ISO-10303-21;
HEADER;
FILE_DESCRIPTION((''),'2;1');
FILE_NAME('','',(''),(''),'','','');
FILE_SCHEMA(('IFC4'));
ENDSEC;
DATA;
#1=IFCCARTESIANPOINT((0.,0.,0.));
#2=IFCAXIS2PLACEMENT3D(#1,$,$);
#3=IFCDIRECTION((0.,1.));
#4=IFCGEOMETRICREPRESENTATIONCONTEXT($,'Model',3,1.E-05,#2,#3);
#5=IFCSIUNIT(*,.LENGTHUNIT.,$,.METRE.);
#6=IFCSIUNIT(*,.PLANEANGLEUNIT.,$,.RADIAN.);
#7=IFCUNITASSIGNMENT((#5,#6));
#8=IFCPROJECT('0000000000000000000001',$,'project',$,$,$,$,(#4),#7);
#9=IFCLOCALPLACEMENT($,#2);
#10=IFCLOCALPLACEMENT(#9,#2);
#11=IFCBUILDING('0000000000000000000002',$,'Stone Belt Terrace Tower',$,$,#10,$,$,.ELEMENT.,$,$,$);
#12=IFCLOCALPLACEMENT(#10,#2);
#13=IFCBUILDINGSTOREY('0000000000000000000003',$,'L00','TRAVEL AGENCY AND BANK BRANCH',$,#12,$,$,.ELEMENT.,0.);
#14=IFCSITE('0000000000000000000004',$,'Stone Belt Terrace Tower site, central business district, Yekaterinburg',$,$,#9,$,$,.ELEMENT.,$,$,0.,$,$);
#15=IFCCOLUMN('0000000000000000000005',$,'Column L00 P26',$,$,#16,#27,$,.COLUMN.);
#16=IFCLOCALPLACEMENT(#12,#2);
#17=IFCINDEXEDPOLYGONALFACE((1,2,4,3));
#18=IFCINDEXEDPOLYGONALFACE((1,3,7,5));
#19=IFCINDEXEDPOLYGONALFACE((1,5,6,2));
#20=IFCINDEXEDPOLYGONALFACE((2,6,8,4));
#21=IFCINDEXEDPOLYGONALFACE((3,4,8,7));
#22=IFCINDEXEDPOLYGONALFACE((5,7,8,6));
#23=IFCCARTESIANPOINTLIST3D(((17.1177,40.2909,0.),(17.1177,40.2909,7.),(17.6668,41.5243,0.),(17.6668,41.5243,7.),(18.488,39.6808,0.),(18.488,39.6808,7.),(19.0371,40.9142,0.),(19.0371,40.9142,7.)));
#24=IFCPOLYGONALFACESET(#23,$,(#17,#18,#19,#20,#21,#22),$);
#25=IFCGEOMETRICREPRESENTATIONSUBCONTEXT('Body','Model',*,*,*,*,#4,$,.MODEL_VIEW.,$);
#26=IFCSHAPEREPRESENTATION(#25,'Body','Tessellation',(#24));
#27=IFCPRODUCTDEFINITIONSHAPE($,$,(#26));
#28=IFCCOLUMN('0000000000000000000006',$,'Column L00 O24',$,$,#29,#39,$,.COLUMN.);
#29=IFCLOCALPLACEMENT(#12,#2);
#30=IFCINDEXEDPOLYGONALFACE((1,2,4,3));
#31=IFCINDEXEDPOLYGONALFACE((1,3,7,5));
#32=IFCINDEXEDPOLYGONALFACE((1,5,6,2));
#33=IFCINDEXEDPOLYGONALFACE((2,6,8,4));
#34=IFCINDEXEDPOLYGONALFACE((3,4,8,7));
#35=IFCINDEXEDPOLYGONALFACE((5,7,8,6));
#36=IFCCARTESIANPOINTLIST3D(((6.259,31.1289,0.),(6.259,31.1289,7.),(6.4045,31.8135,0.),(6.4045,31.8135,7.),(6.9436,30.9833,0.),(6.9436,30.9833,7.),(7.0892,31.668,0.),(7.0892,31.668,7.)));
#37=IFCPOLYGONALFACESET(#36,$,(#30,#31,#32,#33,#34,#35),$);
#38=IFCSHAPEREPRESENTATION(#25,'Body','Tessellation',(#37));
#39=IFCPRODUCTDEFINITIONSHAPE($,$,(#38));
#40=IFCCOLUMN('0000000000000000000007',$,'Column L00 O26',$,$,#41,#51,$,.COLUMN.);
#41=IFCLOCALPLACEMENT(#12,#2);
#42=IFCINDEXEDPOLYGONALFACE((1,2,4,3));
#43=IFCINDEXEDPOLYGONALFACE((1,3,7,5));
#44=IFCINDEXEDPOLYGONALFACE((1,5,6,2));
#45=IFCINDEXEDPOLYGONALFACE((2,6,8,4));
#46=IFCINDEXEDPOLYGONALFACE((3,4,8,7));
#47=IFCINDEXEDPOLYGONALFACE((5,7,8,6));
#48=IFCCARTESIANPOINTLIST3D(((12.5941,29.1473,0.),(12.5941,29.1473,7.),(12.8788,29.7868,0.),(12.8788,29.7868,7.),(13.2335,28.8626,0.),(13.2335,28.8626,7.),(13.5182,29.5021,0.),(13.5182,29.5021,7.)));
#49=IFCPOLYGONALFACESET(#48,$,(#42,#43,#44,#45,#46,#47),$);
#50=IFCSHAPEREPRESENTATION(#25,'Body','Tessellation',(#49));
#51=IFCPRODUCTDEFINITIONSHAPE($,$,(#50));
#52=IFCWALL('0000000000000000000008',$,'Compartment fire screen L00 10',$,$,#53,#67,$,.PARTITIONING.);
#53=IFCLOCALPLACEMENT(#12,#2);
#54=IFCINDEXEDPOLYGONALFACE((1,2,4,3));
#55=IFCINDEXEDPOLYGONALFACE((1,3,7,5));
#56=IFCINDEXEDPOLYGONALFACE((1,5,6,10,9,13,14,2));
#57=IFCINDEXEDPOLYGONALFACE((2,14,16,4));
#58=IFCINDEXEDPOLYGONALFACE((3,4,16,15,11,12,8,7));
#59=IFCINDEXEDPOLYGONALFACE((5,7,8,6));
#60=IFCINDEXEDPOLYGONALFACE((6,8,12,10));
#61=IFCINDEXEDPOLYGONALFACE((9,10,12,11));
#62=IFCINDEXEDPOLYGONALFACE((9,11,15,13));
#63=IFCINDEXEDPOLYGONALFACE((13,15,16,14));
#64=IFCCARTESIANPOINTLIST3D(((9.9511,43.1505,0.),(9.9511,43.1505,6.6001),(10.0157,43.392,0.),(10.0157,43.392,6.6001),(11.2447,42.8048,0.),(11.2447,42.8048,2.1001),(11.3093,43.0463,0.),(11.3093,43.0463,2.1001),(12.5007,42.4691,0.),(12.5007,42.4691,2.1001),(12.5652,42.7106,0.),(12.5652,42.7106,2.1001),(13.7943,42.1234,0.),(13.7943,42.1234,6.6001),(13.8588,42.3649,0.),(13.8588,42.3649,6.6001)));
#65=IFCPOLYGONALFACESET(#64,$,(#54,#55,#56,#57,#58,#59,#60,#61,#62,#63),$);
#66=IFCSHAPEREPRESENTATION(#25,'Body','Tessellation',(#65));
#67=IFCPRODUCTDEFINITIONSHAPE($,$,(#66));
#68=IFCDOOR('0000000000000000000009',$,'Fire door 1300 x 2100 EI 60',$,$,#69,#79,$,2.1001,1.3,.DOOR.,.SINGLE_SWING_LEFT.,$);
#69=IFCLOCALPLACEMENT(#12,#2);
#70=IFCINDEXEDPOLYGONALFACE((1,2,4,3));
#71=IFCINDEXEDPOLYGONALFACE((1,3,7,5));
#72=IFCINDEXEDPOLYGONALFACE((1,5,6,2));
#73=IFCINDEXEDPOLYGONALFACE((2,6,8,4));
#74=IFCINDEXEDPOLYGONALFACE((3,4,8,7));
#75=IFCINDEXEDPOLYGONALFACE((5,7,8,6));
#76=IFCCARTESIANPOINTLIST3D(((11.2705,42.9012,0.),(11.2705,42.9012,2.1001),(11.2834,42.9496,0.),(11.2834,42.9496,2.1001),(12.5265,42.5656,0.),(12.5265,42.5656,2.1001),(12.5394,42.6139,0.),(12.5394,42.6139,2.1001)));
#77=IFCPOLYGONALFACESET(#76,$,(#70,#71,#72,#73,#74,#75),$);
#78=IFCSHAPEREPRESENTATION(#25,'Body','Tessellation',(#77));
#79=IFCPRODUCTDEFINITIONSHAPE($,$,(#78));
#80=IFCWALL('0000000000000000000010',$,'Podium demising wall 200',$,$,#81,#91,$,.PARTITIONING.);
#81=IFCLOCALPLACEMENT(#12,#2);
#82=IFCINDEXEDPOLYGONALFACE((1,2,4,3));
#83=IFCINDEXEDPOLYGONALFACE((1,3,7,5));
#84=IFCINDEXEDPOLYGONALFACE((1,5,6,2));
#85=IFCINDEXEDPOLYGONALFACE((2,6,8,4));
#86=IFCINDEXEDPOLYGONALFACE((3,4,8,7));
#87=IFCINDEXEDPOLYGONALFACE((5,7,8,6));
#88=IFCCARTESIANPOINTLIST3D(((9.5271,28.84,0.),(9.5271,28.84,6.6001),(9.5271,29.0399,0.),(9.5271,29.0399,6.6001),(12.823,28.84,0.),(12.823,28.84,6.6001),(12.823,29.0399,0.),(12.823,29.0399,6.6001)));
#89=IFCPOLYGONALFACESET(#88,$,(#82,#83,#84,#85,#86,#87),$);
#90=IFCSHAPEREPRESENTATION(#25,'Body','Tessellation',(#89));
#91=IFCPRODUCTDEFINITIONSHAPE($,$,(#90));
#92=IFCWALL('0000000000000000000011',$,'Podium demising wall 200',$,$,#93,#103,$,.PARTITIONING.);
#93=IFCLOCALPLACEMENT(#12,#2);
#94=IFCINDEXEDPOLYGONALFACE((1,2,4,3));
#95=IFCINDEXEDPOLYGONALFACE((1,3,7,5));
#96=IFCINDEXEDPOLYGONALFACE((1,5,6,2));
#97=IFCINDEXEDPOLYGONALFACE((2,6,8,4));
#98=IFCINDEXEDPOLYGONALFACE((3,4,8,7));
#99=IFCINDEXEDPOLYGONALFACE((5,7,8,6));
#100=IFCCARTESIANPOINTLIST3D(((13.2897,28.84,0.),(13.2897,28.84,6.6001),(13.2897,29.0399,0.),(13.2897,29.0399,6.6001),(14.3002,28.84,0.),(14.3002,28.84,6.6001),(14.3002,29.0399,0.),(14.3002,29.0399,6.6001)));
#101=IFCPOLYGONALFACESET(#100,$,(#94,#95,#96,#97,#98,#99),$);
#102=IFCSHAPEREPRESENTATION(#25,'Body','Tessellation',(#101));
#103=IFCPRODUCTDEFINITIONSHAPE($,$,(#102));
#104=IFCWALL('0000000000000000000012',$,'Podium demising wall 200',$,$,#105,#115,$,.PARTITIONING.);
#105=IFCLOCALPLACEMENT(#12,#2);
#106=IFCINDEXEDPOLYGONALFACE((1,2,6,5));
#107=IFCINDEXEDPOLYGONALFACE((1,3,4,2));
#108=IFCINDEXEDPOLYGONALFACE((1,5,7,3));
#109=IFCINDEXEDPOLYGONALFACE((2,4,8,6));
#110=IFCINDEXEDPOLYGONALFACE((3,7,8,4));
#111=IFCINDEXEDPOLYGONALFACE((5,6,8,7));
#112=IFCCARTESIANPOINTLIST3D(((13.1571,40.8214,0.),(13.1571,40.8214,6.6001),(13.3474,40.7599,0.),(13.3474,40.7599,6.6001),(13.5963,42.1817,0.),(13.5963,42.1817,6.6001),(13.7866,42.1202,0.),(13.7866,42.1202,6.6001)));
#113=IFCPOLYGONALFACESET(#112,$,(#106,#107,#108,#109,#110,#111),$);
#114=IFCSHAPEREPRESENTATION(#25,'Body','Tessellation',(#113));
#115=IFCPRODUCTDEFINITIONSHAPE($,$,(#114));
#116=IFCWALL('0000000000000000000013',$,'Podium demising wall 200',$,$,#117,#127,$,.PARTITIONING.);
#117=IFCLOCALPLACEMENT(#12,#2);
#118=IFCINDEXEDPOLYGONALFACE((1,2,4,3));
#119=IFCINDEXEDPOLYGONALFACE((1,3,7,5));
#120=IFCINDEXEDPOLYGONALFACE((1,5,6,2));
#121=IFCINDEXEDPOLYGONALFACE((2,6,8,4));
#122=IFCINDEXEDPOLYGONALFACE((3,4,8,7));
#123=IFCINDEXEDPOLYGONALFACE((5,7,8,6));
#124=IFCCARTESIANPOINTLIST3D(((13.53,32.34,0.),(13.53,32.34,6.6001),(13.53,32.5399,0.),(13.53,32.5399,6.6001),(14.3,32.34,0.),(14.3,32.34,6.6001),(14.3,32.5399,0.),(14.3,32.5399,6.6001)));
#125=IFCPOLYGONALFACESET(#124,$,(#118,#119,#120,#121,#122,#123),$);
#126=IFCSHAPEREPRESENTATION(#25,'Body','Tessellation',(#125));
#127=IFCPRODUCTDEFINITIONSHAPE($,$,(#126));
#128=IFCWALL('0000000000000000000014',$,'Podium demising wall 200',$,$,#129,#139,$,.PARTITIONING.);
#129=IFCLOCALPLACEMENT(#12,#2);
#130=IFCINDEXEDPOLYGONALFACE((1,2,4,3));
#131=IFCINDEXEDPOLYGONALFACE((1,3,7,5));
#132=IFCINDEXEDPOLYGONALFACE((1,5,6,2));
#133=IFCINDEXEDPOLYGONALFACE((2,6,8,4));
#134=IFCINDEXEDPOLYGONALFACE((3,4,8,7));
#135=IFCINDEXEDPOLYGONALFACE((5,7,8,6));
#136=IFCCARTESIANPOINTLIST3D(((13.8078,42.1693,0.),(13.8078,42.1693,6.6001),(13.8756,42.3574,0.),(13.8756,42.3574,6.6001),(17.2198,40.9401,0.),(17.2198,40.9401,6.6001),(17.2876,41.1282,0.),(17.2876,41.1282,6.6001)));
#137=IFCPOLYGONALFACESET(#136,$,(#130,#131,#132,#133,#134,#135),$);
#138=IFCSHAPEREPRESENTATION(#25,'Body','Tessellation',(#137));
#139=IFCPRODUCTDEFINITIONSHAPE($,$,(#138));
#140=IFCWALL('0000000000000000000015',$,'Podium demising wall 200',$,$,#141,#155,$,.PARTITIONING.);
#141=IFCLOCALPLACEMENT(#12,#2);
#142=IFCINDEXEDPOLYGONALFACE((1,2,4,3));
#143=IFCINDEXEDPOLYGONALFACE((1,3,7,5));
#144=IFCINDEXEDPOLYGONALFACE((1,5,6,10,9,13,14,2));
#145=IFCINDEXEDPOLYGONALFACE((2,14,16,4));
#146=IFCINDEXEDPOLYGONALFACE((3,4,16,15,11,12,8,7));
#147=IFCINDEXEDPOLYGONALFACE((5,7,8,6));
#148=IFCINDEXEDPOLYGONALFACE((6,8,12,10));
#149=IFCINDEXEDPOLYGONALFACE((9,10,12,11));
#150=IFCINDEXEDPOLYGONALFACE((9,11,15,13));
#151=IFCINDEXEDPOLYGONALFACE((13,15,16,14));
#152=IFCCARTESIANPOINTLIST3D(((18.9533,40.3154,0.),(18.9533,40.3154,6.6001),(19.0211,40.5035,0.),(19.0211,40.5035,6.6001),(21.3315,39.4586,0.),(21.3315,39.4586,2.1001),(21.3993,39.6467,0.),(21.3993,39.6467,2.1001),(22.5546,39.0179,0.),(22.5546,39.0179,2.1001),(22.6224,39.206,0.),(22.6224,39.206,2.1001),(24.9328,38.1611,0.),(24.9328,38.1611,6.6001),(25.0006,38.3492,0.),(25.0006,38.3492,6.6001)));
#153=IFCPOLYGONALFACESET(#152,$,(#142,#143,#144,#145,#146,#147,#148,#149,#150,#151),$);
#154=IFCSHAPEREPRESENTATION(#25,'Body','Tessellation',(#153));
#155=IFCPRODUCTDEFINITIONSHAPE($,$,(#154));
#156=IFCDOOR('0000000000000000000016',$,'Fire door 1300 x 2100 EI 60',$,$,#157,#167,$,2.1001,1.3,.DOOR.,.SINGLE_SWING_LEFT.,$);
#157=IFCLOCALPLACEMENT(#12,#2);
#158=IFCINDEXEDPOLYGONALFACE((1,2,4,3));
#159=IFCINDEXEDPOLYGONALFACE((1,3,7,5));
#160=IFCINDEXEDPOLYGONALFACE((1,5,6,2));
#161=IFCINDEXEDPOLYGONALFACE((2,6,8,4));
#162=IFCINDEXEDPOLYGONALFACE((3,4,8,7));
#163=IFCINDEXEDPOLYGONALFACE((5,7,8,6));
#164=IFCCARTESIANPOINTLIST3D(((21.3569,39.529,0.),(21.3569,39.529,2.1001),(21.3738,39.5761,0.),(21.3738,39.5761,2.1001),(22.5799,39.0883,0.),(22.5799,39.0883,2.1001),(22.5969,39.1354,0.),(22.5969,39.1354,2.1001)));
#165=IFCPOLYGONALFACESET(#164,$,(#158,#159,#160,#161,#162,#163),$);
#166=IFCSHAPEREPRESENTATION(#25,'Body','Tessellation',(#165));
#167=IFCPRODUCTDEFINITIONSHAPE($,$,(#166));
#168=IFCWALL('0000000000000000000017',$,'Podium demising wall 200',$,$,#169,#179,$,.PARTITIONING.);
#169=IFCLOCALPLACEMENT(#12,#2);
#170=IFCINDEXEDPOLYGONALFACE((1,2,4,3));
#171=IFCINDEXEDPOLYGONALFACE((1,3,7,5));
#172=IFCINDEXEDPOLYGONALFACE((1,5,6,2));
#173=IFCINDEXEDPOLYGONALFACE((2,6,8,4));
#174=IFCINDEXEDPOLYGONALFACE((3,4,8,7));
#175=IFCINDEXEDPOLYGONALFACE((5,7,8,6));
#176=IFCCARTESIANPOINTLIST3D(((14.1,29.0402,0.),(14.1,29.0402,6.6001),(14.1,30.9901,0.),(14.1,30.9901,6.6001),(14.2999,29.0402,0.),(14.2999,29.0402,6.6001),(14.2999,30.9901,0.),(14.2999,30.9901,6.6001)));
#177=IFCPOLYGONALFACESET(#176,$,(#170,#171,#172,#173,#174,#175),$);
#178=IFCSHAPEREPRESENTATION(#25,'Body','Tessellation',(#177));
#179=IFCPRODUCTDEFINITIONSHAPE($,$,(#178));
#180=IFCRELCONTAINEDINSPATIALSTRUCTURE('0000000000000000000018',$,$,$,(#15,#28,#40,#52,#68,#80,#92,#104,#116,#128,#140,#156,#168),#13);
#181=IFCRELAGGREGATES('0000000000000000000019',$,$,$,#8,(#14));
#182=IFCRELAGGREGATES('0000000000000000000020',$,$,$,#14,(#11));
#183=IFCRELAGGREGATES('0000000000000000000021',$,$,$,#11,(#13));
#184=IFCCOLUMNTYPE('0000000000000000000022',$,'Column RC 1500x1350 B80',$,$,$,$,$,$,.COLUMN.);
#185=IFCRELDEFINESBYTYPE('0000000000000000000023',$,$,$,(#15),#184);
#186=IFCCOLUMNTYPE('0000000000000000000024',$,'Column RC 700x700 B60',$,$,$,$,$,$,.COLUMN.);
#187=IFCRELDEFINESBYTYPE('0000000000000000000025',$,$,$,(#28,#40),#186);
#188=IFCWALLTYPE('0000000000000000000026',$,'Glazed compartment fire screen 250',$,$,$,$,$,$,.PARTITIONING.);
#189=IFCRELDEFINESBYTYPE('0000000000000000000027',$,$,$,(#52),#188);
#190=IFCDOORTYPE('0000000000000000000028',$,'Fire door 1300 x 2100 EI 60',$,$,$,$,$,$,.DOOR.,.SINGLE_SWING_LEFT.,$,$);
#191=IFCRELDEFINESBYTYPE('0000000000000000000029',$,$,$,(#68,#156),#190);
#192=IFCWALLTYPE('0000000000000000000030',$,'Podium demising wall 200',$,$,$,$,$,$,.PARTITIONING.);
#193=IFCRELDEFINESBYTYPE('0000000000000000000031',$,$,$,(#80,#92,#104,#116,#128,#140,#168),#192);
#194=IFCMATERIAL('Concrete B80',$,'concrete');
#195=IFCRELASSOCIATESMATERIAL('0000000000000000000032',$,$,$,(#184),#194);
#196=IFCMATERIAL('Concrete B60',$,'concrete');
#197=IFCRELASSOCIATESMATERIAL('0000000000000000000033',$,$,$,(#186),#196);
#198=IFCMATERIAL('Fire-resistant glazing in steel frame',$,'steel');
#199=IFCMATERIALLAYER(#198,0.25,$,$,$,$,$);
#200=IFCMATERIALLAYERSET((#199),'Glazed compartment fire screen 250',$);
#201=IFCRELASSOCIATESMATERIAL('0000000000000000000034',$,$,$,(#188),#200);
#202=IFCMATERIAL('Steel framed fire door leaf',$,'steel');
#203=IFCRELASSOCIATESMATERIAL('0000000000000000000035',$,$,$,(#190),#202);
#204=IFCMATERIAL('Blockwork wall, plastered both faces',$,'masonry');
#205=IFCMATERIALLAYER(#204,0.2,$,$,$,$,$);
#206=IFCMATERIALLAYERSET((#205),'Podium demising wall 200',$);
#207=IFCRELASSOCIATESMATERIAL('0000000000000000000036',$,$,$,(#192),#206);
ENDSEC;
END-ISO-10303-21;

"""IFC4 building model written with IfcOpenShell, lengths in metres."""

from ifc_helpers import new_model, si_unit, direction, frame, frame_2d, origin, origin_2d, place, context, subcontext, project, spatial, rectangle, extrude, material, layer, layer_set, material_profile, profile_set, type_object, element, fill, save


model = new_model("IFC4")

# Units and contexts
model_context = context("Model", 3, precision=1e-05, world=origin(), true_north=direction((0.0, 1.0)))
body_context = subcontext(model_context, "Body", "Model", "MODEL_VIEW")
ifc_project = project(units=[si_unit("LENGTHUNIT", "METRE"), si_unit("PLANEANGLEUNIT", "RADIAN")], contexts=[model_context])

# Site, building, storey
site_placement = place(None, origin())
site = spatial("IfcSite", under=ifc_project, at=site_placement, Name="Stone Belt Terrace Tower site, central business district, Yekaterinburg", CompositionType="ELEMENT", RefElevation=0.0)
building_placement = place(site_placement, origin())
building = spatial("IfcBuilding", under=site, at=building_placement, Name="Stone Belt Terrace Tower", CompositionType="ELEMENT")
storey_placement = place(building_placement, origin())
storey = spatial("IfcBuildingStorey", under=building, at=storey_placement, Name="L00", Description="TRAVEL AGENCY AND BANK BRANCH", CompositionType="ELEMENT", Elevation=0.0)

# Columns
ifc_material_1 = material(Name="Concrete B80", Category="concrete")
ifc_material_profile_1 = material_profile(ifc_material_1, rectangle(XDim=1.5, YDim=1.3501, at=origin_2d()), Name="RC 1500x1350")
ifc_profile_set_1 = profile_set([ifc_material_profile_1], Name="Concrete B80")
column_type_1 = type_object("IfcColumnType", Name="Column RC 1500x1350 B80", PredefinedType="COLUMN", material=ifc_profile_set_1)
column_placement = place(storey_placement, frame((18.0774, 40.6025, 0.0), z_axis=(0.0, 0.0, 1.0), x_axis=(0.913545, -0.406737, 0.0)))
element("IfcColumn", 1, at=column_placement, inside=storey, type_object=column_type_1, Name="Column L00 P26", PredefinedType="COLUMN", context=body_context, shape_type="SweptSolid", body=[
    extrude(rectangle(XDim=1.5, YDim=1.3501, at=origin_2d()), origin(), (0.0, 0.0, 1.0), 7.0),
])
ifc_material_2 = material(Name="Concrete B60", Category="concrete")
ifc_material_profile_2 = material_profile(ifc_material_2, rectangle(XDim=0.7, YDim=0.7, at=origin_2d()), Name="RC 700x700")
ifc_profile_set_2 = profile_set([ifc_material_profile_2], Name="Concrete B60")
column_type_2 = type_object("IfcColumnType", Name="Column RC 700x700 B60", PredefinedType="COLUMN", material=ifc_profile_set_2)
for number, where, z_axis, x_axis, name in (
    (2, (6.6741, 31.3984, 0.0), (0.0, 0.0, 1.0), (0.978148, -0.207912, 0.0), "Column L00 O24"),
    (3, (13.0562, 29.3247, 0.0), (0.0, 0.0, 1.0), (0.913545, -0.406737, 0.0), "Column L00 O26"),
):
    element("IfcColumn", number, at=place(storey_placement, frame(where, z_axis=z_axis, x_axis=x_axis)), inside=storey, type_object=column_type_2, Name=name, PredefinedType="COLUMN", context=body_context, shape_type="SweptSolid", body=[
        extrude(rectangle(XDim=0.7, YDim=0.7, at=origin_2d()), origin(), (0.0, 0.0, 1.0), 7.0),
    ])

# Wall, opening, door
ifc_material_3 = material(Name="Fire-resistant glazing in steel frame", Category="steel")
ifc_layer_1 = layer(ifc_material_3, 0.25)
ifc_layer_set_1 = layer_set([ifc_layer_1], Name="Glazed compartment fire screen 250")
wall_type_1 = type_object("IfcWallType", Name="Glazed compartment fire screen 250", PredefinedType="PARTITIONING", material=ifc_layer_set_1)
wall_1_placement = place(storey_placement, frame((9.9834, 43.2712, 0.0), z_axis=(0.0, 0.0, 1.0), x_axis=(0.966095, -0.258186, 0.0)))
wall_1 = element("IfcWall", 4, at=wall_1_placement, inside=storey, type_object=wall_type_1, Name="Compartment fire screen L00 10", PredefinedType="PARTITIONING", context=body_context, shape_type="SweptSolid", body=[
    extrude(rectangle(XDim=3.978, YDim=0.25, at=frame_2d((1.989, 0.0))), origin(), (0.0, 0.0, 1.0), 6.6001),
])
opening_1_placement = place(wall_1_placement, frame((1.3391, 0.0, 0.0)))
opening_1 = element("IfcOpeningElement", 5, at=opening_1_placement, cuts=wall_1, PredefinedType="OPENING", context=body_context, shape_type="SweptSolid", body=[
    extrude(rectangle(XDim=1.3, YDim=2.1001, at=frame_2d((0.6499, 1.05))), frame((0.0, 0.135, 0.0), z_axis=(0.0, -1.0, 0.0), x_axis=(1.0, 0.0, 0.0)), (0.0, 0.0, 1.0), 0.27),
])
ifc_material_4 = material(Name="Steel framed fire door leaf", Category="steel")
door_type_1 = type_object("IfcDoorType", Name="Fire door 1300 x 2100 EI 60", OperationType="SINGLE_SWING_LEFT", PredefinedType="DOOR", material=ifc_material_4)
door_1_placement = place(opening_1_placement, origin())
door_1 = element("IfcDoor", 6, at=door_1_placement, inside=storey, type_object=door_type_1, Name="Fire door 1300 x 2100 EI 60", OperationType="SINGLE_SWING_LEFT", OverallHeight=2.1001, OverallWidth=1.3, PredefinedType="DOOR", context=body_context, shape_type="SweptSolid", body=[
    extrude(rectangle(XDim=1.3, YDim=2.1001, at=frame_2d((0.6499, 1.05))), frame((0.0, 0.0249, 0.0), z_axis=(0.0, -1.0, 0.0), x_axis=(1.0, 0.0, 0.0)), (0.0, 0.0, 1.0), 0.05),
])
fill(opening_1, door_1)

# Walls
ifc_material_5 = material(Name="Blockwork wall, plastered both faces", Category="masonry")
ifc_layer_2 = layer(ifc_material_5, 0.2)
ifc_layer_set_2 = layer_set([ifc_layer_2], Name="Podium demising wall 200")
wall_type_2 = type_object("IfcWallType", Name="Podium demising wall 200", PredefinedType="PARTITIONING", material=ifc_layer_set_2)
wall_2_placement = place(storey_placement, frame((9.5271, 28.9399, 0.0), z_axis=(0.0, 0.0, 1.0), x_axis=(1.0, 0.0, 0.0)))
element("IfcWall", 7, at=wall_2_placement, inside=storey, type_object=wall_type_2, Name="Podium demising wall 200", PredefinedType="PARTITIONING", context=body_context, shape_type="SweptSolid", body=[
    extrude(rectangle(XDim=3.2959, YDim=0.2, at=frame_2d((1.6479, 0.0))), origin(), (0.0, 0.0, 1.0), 6.6001),
])
wall_3_placement = place(storey_placement, frame((13.2896, 28.9399, 0.0), z_axis=(0.0, 0.0, 1.0), x_axis=(1.0, 0.0, 0.0)))
element("IfcWall", 8, at=wall_3_placement, inside=storey, type_object=wall_type_2, Name="Podium demising wall 200", PredefinedType="PARTITIONING", context=body_context, shape_type="SweptSolid", body=[
    extrude(rectangle(XDim=1.0105, YDim=0.2, at=frame_2d((0.5054, 0.0))), origin(), (0.0, 0.0, 1.0), 6.6001),
])
wall_4_placement = place(storey_placement, frame((13.2522, 40.7905, 0.0), z_axis=(0.0, 0.0, 1.0), x_axis=(0.307247, 0.95163, 0.0)))
element("IfcWall", 9, at=wall_4_placement, inside=storey, type_object=wall_type_2, Name="Podium demising wall 200", PredefinedType="PARTITIONING", context=body_context, shape_type="SweptSolid", body=[
    extrude(rectangle(XDim=1.4294, YDim=0.2, at=frame_2d((0.7148, 0.0))), origin(), (0.0, 0.0, 1.0), 6.6001),
])
wall_5_placement = place(storey_placement, frame((13.53, 32.4399, 0.0), z_axis=(0.0, 0.0, 1.0), x_axis=(1.0, 0.0, 0.0)))
element("IfcWall", 10, at=wall_5_placement, inside=storey, type_object=wall_type_2, Name="Podium demising wall 200", PredefinedType="PARTITIONING", context=body_context, shape_type="SweptSolid", body=[
    extrude(rectangle(XDim=0.77, YDim=0.2, at=frame_2d((0.385, 0.0))), origin(), (0.0, 0.0, 1.0), 6.6001),
])
wall_6_placement = place(storey_placement, frame((13.8416, 42.2634, 0.0), z_axis=(0.0, 0.0, 1.0), x_axis=(0.940809, -0.338936, 0.0)))
element("IfcWall", 11, at=wall_6_placement, inside=storey, type_object=wall_type_2, Name="Podium demising wall 200", PredefinedType="PARTITIONING", context=body_context, shape_type="SweptSolid", body=[
    extrude(rectangle(XDim=3.6267, YDim=0.2, at=frame_2d((1.8135, 0.0))), origin(), (0.0, 0.0, 1.0), 6.6001),
])

# Wall, opening, door
wall_7_placement = place(storey_placement, frame((18.9873, 40.4094, 0.0), z_axis=(0.0, 0.0, 1.0), x_axis=(0.940803, -0.338953, 0.0)))
wall_7 = element("IfcWall", 12, at=wall_7_placement, inside=storey, type_object=wall_type_2, Name="Podium demising wall 200", PredefinedType="PARTITIONING", context=body_context, shape_type="SweptSolid", body=[
    extrude(rectangle(XDim=6.3557, YDim=0.2, at=frame_2d((3.1777, 0.0))), origin(), (0.0, 0.0, 1.0), 6.6001),
])
opening_2_placement = place(wall_7_placement, frame((2.5278, 0.0, 0.0)))
opening_2 = element("IfcOpeningElement", 13, at=opening_2_placement, cuts=wall_7, PredefinedType="OPENING", context=body_context, shape_type="SweptSolid", body=[
    extrude(rectangle(XDim=1.3, YDim=2.1001, at=frame_2d((0.6499, 1.05))), frame((0.0, 0.1099, 0.0), z_axis=(0.0, -1.0, 0.0), x_axis=(1.0, 0.0, 0.0)), (0.0, 0.0, 1.0), 0.22),
])
door_2_placement = place(opening_2_placement, origin())
door_2 = element("IfcDoor", 14, at=door_2_placement, inside=storey, type_object=door_type_1, Name="Fire door 1300 x 2100 EI 60", OperationType="SINGLE_SWING_LEFT", OverallHeight=2.1001, OverallWidth=1.3, PredefinedType="DOOR", context=body_context, shape_type="SweptSolid", body=[
    extrude(rectangle(XDim=1.3, YDim=2.1001, at=frame_2d((0.6499, 1.05))), frame((0.0, 0.0249, 0.0), z_axis=(0.0, -1.0, 0.0), x_axis=(1.0, 0.0, 0.0)), (0.0, 0.0, 1.0), 0.05),
])
fill(opening_2, door_2)

# Wall
wall_8_placement = place(storey_placement, frame((14.2, 29.04, 0.0), z_axis=(0.0, 0.0, 1.0), x_axis=(0.0, 1.0, 0.0)))
element("IfcWall", 15, at=wall_8_placement, inside=storey, type_object=wall_type_2, Name="Podium demising wall 200", PredefinedType="PARTITIONING", context=body_context, shape_type="SweptSolid", body=[
    extrude(rectangle(XDim=1.95, YDim=0.2, at=frame_2d((0.9751, 0.0))), origin(), (0.0, 0.0, 1.0), 6.6001),
])

save(model, "model.ifc")
